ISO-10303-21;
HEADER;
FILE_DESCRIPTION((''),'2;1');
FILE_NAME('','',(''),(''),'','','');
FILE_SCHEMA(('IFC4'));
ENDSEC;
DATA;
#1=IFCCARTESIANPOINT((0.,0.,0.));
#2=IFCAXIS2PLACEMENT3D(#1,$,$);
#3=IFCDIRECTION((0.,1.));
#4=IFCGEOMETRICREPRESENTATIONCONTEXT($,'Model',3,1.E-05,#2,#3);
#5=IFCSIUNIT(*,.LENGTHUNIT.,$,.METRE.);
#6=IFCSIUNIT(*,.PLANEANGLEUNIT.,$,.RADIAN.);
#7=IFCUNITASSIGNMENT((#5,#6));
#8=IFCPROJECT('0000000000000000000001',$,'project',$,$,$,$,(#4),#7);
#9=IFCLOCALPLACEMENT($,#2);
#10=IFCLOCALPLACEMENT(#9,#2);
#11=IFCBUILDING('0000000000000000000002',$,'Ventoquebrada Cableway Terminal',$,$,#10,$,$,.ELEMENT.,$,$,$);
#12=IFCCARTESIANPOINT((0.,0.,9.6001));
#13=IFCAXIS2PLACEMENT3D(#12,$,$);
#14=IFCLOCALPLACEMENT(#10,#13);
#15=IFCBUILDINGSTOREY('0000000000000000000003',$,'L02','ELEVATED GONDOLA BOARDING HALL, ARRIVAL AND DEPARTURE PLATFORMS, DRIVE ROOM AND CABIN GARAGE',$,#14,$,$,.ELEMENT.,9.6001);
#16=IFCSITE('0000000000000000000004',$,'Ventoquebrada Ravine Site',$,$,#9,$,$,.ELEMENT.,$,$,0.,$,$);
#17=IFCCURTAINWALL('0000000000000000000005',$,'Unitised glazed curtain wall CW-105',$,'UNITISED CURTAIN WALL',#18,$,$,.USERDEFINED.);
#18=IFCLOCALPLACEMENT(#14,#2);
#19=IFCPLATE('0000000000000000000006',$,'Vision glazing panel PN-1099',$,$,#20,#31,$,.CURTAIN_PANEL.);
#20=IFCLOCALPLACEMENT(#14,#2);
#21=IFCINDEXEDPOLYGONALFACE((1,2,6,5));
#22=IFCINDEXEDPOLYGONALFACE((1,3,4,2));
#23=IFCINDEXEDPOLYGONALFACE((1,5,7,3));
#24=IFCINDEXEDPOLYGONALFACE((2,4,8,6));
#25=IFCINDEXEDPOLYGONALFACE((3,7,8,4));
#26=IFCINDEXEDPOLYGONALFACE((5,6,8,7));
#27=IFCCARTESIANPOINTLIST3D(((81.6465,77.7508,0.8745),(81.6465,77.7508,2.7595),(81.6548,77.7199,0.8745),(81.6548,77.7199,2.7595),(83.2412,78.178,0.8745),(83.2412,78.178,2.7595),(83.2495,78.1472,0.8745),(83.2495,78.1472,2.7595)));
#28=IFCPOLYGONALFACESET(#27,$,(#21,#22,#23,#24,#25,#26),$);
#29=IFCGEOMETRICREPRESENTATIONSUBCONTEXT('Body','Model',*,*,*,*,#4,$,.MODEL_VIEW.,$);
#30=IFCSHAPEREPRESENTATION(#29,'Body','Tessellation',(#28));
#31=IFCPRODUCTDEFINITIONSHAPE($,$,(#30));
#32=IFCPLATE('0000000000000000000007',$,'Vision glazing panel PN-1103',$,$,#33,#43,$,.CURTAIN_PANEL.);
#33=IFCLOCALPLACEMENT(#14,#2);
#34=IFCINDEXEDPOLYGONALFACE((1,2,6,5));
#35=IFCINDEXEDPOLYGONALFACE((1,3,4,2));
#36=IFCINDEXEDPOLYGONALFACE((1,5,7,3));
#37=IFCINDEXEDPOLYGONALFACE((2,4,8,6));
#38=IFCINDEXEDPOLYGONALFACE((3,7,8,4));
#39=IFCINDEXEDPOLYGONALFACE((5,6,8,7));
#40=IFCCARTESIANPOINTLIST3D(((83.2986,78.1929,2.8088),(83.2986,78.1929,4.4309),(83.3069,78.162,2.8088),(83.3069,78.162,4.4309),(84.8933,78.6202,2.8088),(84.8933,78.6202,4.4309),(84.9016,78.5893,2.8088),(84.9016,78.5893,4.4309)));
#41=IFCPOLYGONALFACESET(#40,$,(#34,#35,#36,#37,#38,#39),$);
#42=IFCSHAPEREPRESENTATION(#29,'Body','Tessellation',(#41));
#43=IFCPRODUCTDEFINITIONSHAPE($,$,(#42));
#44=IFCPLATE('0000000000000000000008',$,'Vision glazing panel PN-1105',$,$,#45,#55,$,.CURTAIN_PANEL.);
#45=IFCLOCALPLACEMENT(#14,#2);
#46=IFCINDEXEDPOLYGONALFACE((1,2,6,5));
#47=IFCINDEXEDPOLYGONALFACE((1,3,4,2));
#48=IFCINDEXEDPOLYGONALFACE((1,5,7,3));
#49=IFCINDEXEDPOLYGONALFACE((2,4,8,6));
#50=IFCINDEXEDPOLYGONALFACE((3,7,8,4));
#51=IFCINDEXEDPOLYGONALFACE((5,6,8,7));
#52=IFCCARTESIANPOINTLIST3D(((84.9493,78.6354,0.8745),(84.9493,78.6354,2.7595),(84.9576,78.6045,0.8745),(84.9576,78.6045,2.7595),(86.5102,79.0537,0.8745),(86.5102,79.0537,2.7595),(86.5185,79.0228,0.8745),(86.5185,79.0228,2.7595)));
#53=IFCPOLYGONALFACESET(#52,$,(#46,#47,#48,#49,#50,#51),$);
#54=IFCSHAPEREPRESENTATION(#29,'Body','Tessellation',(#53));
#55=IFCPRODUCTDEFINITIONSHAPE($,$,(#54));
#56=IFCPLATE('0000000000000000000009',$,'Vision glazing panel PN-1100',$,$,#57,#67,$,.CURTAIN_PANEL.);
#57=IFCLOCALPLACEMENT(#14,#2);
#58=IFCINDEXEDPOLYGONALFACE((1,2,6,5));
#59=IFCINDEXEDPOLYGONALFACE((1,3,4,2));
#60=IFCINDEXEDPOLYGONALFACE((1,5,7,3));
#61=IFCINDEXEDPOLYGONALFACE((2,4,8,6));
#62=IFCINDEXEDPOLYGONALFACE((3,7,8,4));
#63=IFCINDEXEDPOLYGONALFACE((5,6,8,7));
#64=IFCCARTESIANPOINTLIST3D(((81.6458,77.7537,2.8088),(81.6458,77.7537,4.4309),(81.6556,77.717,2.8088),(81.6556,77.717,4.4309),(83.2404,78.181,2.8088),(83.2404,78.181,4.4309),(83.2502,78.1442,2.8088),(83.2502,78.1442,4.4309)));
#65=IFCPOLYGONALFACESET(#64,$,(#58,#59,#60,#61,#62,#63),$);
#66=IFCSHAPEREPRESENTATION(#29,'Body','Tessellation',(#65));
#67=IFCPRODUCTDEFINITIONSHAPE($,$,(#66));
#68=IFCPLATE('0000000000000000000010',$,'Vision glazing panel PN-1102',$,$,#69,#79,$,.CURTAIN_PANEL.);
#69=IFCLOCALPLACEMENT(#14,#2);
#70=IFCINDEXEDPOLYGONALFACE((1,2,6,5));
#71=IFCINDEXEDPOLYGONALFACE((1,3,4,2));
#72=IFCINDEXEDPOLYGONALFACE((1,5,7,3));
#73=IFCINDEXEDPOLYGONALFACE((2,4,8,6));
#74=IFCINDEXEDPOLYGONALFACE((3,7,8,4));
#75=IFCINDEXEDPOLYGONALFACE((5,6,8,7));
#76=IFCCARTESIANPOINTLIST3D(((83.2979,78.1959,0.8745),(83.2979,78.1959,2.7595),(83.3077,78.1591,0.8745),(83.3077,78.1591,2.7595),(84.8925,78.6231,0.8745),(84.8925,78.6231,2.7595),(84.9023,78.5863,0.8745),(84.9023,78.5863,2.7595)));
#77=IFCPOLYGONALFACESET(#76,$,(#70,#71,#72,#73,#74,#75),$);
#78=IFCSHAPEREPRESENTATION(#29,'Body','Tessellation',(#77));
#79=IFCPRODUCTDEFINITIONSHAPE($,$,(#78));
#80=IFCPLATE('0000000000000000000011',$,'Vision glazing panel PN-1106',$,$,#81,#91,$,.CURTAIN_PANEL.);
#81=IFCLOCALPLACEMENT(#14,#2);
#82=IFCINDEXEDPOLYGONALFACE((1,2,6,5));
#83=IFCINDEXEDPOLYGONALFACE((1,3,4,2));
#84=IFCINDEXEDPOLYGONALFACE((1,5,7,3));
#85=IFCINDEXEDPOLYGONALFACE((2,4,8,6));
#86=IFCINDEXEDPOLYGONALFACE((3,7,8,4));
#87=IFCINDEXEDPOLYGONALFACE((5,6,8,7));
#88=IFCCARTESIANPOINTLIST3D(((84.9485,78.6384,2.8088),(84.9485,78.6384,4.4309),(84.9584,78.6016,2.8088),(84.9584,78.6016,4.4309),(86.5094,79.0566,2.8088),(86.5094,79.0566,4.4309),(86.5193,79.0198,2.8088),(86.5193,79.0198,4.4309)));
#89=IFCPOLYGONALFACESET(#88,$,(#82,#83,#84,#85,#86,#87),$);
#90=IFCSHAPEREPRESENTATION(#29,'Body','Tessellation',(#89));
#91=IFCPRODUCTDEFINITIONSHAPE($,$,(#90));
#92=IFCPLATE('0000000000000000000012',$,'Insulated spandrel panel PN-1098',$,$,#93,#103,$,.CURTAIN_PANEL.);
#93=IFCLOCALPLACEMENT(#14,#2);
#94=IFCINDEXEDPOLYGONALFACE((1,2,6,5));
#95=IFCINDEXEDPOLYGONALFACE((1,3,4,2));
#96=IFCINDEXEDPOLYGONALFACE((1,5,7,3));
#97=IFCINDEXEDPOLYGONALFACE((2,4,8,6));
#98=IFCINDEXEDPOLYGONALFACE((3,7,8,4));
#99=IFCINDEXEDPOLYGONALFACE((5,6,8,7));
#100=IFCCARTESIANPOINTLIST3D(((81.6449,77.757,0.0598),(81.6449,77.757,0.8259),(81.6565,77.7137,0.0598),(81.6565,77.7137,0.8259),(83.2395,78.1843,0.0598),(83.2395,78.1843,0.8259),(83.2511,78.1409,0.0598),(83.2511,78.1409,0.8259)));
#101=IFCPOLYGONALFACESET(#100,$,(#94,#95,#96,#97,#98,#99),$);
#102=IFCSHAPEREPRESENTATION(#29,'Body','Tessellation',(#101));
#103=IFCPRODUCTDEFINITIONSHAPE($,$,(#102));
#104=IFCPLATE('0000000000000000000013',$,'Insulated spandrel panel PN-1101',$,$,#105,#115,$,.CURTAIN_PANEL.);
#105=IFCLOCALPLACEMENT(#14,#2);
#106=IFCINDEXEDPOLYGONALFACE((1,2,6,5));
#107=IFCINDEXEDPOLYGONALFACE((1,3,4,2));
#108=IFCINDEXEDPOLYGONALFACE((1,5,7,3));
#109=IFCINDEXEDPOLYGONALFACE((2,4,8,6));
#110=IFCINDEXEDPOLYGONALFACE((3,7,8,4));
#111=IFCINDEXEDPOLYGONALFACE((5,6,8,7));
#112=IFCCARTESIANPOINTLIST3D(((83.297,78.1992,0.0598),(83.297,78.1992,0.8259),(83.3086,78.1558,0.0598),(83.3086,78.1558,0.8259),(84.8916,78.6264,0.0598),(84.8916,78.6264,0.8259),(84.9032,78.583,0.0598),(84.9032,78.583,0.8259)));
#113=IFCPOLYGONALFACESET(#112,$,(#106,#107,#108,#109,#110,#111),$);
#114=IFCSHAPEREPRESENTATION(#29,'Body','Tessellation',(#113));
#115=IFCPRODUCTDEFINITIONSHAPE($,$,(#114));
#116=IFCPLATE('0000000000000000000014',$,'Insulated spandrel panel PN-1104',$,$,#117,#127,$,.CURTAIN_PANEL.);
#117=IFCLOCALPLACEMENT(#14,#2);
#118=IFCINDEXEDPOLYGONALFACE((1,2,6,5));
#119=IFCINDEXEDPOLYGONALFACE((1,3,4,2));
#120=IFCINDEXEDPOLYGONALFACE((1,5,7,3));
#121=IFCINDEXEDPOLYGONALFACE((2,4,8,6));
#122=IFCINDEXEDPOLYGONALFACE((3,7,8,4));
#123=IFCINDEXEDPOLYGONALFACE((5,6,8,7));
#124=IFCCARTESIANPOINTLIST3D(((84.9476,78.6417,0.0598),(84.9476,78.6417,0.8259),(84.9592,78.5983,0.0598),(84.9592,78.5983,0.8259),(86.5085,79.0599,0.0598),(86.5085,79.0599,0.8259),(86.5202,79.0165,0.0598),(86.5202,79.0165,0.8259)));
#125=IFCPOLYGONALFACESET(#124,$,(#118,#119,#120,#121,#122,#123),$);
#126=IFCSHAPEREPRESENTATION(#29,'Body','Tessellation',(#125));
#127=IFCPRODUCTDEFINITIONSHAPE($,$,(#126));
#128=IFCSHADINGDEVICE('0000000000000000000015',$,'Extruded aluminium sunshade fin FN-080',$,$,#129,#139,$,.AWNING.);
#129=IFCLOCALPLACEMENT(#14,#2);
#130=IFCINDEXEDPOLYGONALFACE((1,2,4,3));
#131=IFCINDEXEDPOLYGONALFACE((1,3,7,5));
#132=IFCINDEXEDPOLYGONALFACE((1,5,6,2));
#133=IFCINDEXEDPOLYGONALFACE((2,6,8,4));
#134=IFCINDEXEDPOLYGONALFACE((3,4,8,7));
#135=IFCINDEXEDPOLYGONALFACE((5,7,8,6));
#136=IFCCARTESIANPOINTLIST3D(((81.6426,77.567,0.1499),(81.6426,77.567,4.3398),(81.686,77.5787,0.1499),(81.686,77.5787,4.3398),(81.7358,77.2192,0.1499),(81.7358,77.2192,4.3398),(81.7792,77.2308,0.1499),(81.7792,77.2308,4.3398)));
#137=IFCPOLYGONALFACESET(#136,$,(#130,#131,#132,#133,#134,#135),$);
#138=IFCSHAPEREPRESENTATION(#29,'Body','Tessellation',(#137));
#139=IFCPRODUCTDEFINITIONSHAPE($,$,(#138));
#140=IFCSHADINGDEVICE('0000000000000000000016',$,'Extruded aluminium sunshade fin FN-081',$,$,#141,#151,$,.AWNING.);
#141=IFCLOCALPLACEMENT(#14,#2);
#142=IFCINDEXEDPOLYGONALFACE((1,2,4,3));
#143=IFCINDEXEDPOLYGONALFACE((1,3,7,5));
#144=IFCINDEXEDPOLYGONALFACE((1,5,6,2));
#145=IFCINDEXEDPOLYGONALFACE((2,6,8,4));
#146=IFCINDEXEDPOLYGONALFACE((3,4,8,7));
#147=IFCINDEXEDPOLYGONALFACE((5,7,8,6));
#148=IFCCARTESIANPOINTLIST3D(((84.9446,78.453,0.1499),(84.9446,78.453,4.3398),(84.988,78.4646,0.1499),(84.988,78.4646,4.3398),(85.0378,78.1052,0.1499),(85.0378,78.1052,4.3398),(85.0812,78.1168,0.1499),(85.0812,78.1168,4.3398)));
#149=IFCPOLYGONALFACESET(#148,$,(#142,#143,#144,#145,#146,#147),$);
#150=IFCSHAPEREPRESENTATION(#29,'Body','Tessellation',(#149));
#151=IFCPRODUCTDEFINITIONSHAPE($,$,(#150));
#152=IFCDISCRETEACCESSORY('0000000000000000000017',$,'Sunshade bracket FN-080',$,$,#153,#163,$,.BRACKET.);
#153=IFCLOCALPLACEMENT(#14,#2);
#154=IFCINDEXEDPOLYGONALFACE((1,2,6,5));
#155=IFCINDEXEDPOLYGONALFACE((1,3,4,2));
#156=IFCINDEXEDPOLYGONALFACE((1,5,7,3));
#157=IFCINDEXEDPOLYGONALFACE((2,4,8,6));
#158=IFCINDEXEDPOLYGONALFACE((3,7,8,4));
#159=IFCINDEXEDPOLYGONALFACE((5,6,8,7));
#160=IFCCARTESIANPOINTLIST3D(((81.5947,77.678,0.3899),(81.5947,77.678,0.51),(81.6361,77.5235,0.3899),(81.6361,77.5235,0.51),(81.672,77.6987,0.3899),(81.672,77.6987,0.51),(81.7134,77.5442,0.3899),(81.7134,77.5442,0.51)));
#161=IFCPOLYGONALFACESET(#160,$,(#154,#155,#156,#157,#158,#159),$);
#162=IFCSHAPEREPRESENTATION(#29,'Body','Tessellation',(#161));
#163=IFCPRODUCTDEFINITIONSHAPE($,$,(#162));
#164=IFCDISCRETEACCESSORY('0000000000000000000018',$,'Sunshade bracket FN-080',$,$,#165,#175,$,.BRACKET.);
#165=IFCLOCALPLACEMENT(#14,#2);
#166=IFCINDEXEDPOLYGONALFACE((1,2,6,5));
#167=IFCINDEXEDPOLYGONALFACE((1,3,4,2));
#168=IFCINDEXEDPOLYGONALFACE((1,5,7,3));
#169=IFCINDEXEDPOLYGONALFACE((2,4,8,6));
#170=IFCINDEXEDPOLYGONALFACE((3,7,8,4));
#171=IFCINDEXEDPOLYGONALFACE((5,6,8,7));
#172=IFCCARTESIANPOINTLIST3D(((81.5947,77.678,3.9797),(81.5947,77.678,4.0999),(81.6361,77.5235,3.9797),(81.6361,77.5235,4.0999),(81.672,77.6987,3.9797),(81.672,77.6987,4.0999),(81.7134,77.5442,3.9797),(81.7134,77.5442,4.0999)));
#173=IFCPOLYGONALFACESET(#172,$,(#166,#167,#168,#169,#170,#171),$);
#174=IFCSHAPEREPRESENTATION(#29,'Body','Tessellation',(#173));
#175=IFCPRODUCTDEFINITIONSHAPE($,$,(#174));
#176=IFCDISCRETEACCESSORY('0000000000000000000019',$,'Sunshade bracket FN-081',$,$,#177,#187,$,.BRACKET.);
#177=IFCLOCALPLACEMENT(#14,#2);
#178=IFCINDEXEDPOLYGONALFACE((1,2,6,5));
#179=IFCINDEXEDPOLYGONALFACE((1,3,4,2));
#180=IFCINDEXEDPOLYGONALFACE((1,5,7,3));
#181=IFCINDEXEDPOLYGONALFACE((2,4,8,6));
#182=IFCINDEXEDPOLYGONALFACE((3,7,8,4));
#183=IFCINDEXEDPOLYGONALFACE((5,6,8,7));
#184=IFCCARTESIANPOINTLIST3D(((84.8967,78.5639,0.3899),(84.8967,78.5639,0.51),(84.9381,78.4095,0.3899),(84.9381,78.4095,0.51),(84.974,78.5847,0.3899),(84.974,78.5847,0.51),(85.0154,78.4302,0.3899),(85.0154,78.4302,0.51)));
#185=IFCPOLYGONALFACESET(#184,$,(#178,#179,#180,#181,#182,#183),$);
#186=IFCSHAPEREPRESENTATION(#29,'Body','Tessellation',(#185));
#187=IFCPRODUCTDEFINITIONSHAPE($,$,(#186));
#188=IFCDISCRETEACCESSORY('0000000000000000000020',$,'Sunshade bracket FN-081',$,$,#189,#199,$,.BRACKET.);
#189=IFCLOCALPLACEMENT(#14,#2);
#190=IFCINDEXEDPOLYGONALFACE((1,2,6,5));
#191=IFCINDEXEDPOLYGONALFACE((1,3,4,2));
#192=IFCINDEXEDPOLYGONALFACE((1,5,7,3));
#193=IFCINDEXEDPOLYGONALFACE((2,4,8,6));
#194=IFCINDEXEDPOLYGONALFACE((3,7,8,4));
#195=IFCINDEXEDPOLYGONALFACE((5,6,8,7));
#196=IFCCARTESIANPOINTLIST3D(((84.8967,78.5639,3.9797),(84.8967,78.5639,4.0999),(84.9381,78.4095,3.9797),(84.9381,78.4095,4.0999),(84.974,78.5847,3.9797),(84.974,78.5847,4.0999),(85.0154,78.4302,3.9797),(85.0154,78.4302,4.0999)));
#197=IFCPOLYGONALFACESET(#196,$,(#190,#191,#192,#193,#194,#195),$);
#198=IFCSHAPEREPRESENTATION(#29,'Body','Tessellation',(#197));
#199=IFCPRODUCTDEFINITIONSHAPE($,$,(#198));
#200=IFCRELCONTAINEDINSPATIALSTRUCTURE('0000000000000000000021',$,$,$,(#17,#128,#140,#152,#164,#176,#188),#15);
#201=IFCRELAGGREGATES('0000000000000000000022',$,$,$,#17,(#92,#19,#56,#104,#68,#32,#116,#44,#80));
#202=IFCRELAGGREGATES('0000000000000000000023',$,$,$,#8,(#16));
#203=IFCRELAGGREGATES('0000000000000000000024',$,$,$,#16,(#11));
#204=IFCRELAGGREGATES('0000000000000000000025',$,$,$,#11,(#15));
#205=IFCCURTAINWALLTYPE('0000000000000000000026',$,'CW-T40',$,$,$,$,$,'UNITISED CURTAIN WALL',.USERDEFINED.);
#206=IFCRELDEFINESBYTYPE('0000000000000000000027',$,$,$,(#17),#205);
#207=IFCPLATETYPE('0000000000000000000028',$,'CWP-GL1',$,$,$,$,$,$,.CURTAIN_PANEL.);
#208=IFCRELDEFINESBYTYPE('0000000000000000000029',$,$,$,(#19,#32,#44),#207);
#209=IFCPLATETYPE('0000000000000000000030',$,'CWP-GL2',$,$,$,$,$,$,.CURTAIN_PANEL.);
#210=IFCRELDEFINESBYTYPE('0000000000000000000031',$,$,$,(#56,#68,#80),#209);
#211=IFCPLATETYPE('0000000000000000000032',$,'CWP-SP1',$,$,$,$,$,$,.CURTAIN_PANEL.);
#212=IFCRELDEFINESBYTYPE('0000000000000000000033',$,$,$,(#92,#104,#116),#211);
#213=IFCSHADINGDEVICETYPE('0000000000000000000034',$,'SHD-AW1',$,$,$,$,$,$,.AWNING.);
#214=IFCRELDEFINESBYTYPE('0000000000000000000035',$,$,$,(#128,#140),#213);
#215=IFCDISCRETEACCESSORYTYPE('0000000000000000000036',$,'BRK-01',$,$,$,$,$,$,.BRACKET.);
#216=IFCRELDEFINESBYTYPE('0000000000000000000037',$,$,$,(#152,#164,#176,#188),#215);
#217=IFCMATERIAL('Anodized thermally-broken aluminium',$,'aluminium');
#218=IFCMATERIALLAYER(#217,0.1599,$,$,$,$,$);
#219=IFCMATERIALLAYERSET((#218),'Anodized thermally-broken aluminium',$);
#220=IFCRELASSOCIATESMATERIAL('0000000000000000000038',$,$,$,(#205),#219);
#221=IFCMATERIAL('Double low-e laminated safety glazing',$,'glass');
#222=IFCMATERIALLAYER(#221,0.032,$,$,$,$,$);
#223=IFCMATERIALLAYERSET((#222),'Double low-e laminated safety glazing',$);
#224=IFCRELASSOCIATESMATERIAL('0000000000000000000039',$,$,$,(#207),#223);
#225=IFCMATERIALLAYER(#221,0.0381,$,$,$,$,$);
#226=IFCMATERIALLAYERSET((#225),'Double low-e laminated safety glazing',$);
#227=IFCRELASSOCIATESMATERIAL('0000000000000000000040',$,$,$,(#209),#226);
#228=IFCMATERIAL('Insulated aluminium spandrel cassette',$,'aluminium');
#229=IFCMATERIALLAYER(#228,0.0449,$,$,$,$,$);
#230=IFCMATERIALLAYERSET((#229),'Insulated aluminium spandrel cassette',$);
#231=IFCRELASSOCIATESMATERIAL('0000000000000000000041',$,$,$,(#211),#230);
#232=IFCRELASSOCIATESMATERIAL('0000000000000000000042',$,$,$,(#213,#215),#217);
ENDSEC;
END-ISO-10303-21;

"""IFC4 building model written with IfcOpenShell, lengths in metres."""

from ifc_helpers import new_model, si_unit, direction, frame, origin, origin_2d, place, context, subcontext, project, spatial, rectangle, extrude, material, layer, layer_set, type_object, element, aggregate, save


model = new_model("IFC4")

# Units and contexts
model_context = context("Model", 3, precision=1e-05, world=origin(), true_north=direction((0.0, 1.0)))
body_context = subcontext(model_context, "Body", "Model", "MODEL_VIEW")
ifc_project = project(units=[si_unit("LENGTHUNIT", "METRE"), si_unit("PLANEANGLEUNIT", "RADIAN")], contexts=[model_context])

# Site, building, storey
site_placement = place(None, origin())
site = spatial("IfcSite", under=ifc_project, at=site_placement, Name="Ventoquebrada Ravine Site", CompositionType="ELEMENT", RefElevation=0.0)
building_placement = place(site_placement, origin())
building = spatial("IfcBuilding", under=site, at=building_placement, Name="Ventoquebrada Cableway Terminal", CompositionType="ELEMENT")
storey_placement = place(building_placement, frame((0.0, 0.0, 9.6001)))
storey = spatial("IfcBuildingStorey", under=building, at=storey_placement, Name="L02", Description="ELEVATED GONDOLA BOARDING HALL, ARRIVAL AND DEPARTURE PLATFORMS, DRIVE ROOM AND CABIN GARAGE", CompositionType="ELEMENT", Elevation=9.6001)

# Curtain wall
ifc_material_1 = material(Name="Anodized thermally-broken aluminium", Category="aluminium")
ifc_layer_1 = layer(ifc_material_1, 0.1599)
ifc_layer_set_1 = layer_set([ifc_layer_1], Name="Anodized thermally-broken aluminium")
curtain_wall_type_1 = type_object("IfcCurtainWallType", Name="CW-T40", ElementType="UNITISED CURTAIN WALL", PredefinedType="USERDEFINED", material=ifc_layer_set_1)
curtain_wall_1_placement = place(storey_placement, origin())
curtain_wall_1 = element("IfcCurtainWall", 1, at=curtain_wall_1_placement, inside=storey, type_object=curtain_wall_type_1, Name="Unitised glazed curtain wall CW-105", ObjectType="UNITISED CURTAIN WALL", PredefinedType="USERDEFINED")

# Plates
ifc_material_2 = material(Name="Double low-e laminated safety glazing", Category="glass")
ifc_layer_2 = layer(ifc_material_2, 0.032)
ifc_layer_set_2 = layer_set([ifc_layer_2], Name="Double low-e laminated safety glazing")
plate_type_1 = type_object("IfcPlateType", Name="CWP-GL1", PredefinedType="CURTAIN_PANEL", material=ifc_layer_set_2)
plate_1_placement = place(storey_placement, frame((82.448, 77.949, 0.8745), z_axis=(0.0, 0.0, 1.0), x_axis=(0.96593, 0.258802, 0.0)))
plate_1 = element("IfcPlate", 2, at=plate_1_placement, type_object=plate_type_1, Name="Vision glazing panel PN-1099", PredefinedType="CURTAIN_PANEL", context=body_context, shape_type="SweptSolid", body=[
    extrude(rectangle(XDim=1.6509, YDim=0.032, at=origin_2d()), origin(), (0.0, 0.0, 1.0), 1.885),
])
plate_2_placement = place(storey_placement, frame((84.1001, 78.3911, 2.8088), z_axis=(0.0, 0.0, 1.0), x_axis=(0.96593, 0.258802, 0.0)))
plate_2 = element("IfcPlate", 3, at=plate_2_placement, type_object=plate_type_1, Name="Vision glazing panel PN-1103", PredefinedType="CURTAIN_PANEL", context=body_context, shape_type="SweptSolid", body=[
    extrude(rectangle(XDim=1.6509, YDim=0.032, at=origin_2d()), origin(), (0.0, 0.0, 1.0), 1.6221),
])
plate_3_placement = place(storey_placement, frame((85.7339, 78.8291, 0.8745), z_axis=(0.0, 0.0, 1.0), x_axis=(0.96593, 0.258802, 0.0)))
plate_3 = element("IfcPlate", 4, at=plate_3_placement, type_object=plate_type_1, Name="Vision glazing panel PN-1105", PredefinedType="CURTAIN_PANEL", context=body_context, shape_type="SweptSolid", body=[
    extrude(rectangle(XDim=1.616, YDim=0.032, at=origin_2d()), origin(), (0.0, 0.0, 1.0), 1.885),
])
ifc_layer_3 = layer(ifc_material_2, 0.0381)
ifc_layer_set_3 = layer_set([ifc_layer_3], Name="Double low-e laminated safety glazing")
plate_type_2 = type_object("IfcPlateType", Name="CWP-GL2", PredefinedType="CURTAIN_PANEL", material=ifc_layer_set_3)
plate_4_placement = place(storey_placement, frame((82.448, 77.949, 2.8088), z_axis=(0.0, 0.0, 1.0), x_axis=(0.96593, 0.258802, 0.0)))
plate_4 = element("IfcPlate", 5, at=plate_4_placement, type_object=plate_type_2, Name="Vision glazing panel PN-1100", PredefinedType="CURTAIN_PANEL", context=body_context, shape_type="SweptSolid", body=[
    extrude(rectangle(XDim=1.6509, YDim=0.0381, at=origin_2d()), origin(), (0.0, 0.0, 1.0), 1.6221),
])
plate_5_placement = place(storey_placement, frame((84.1001, 78.3911, 0.8745), z_axis=(0.0, 0.0, 1.0), x_axis=(0.96593, 0.258802, 0.0)))
plate_5 = element("IfcPlate", 6, at=plate_5_placement, type_object=plate_type_2, Name="Vision glazing panel PN-1102", PredefinedType="CURTAIN_PANEL", context=body_context, shape_type="SweptSolid", body=[
    extrude(rectangle(XDim=1.6509, YDim=0.0381, at=origin_2d()), origin(), (0.0, 0.0, 1.0), 1.885),
])
plate_6_placement = place(storey_placement, frame((85.7339, 78.8291, 2.8088), z_axis=(0.0, 0.0, 1.0), x_axis=(0.96593, 0.258802, 0.0)))
plate_6 = element("IfcPlate", 7, at=plate_6_placement, type_object=plate_type_2, Name="Vision glazing panel PN-1106", PredefinedType="CURTAIN_PANEL", context=body_context, shape_type="SweptSolid", body=[
    extrude(rectangle(XDim=1.616, YDim=0.0381, at=origin_2d()), origin(), (0.0, 0.0, 1.0), 1.6221),
])
ifc_material_3 = material(Name="Insulated aluminium spandrel cassette", Category="aluminium")
ifc_layer_4 = layer(ifc_material_3, 0.0449)
ifc_layer_set_4 = layer_set([ifc_layer_4], Name="Insulated aluminium spandrel cassette")
plate_type_3 = type_object("IfcPlateType", Name="CWP-SP1", PredefinedType="CURTAIN_PANEL", material=ifc_layer_set_4)
plate_7_placement = place(storey_placement, frame((82.448, 77.949, 0.0598), z_axis=(0.0, 0.0, 1.0), x_axis=(0.96593, 0.258802, 0.0)))
plate_7 = element("IfcPlate", 8, at=plate_7_placement, type_object=plate_type_3, Name="Insulated spandrel panel PN-1098", PredefinedType="CURTAIN_PANEL", context=body_context, shape_type="SweptSolid", body=[
    extrude(rectangle(XDim=1.6509, YDim=0.0449, at=origin_2d()), origin(), (0.0, 0.0, 1.0), 0.7661),
])
plate_8_placement = place(storey_placement, frame((84.1001, 78.3911, 0.0598), z_axis=(0.0, 0.0, 1.0), x_axis=(0.96593, 0.258802, 0.0)))
plate_8 = element("IfcPlate", 9, at=plate_8_placement, type_object=plate_type_3, Name="Insulated spandrel panel PN-1101", PredefinedType="CURTAIN_PANEL", context=body_context, shape_type="SweptSolid", body=[
    extrude(rectangle(XDim=1.6509, YDim=0.0449, at=origin_2d()), origin(), (0.0, 0.0, 1.0), 0.7661),
])
plate_9_placement = place(storey_placement, frame((85.7339, 78.8291, 0.0598), z_axis=(0.0, 0.0, 1.0), x_axis=(0.96593, 0.258802, 0.0)))
plate_9 = element("IfcPlate", 10, at=plate_9_placement, type_object=plate_type_3, Name="Insulated spandrel panel PN-1104", PredefinedType="CURTAIN_PANEL", context=body_context, shape_type="SweptSolid", body=[
    extrude(rectangle(XDim=1.616, YDim=0.0449, at=origin_2d()), origin(), (0.0, 0.0, 1.0), 0.7661),
])
aggregate(curtain_wall_1, [plate_7, plate_1, plate_4, plate_8, plate_5, plate_2, plate_9, plate_3, plate_6])

# Shading devices
shading_device_type = type_object("IfcShadingDeviceType", Name="SHD-AW1", PredefinedType="AWNING", material=ifc_material_1)
for number, where, z_axis, x_axis, name in (
    (11, (81.7109, 77.3989, 0.1499), (0.0, 0.0, 1.0), (0.96593, 0.258802, 0.0), "Extruded aluminium sunshade fin FN-080"),
    (12, (85.0129, 78.2849, 0.1499), (0.0, 0.0, 1.0), (0.96593, 0.258802, 0.0), "Extruded aluminium sunshade fin FN-081"),
):
    element("IfcShadingDevice", number, at=place(storey_placement, frame(where, z_axis=z_axis, x_axis=x_axis)), inside=storey, type_object=shading_device_type, Name=name, PredefinedType="AWNING", context=body_context, shape_type="SweptSolid", body=[
        extrude(rectangle(XDim=0.0449, YDim=0.3601, at=origin_2d()), origin(), (0.0, 0.0, 1.0), 4.1899),
    ])

# Discrete accessories
discrete_accessory_type = type_object("IfcDiscreteAccessoryType", Name="BRK-01", PredefinedType="BRACKET", material=ifc_material_1)
for number, where, z_axis, x_axis, name in (
    (13, (81.6541, 77.6111, 0.3899), (0.0, 0.0, 1.0), (0.96593, 0.258802, 0.0), "Sunshade bracket FN-080"),
    (14, (81.6541, 77.6111, 3.9797), (0.0, 0.0, 1.0), (0.96593, 0.258802, 0.0), "Sunshade bracket FN-080"),
    (15, (84.9561, 78.4971, 0.3899), (0.0, 0.0, 1.0), (0.96593, 0.258802, 0.0), "Sunshade bracket FN-081"),
    (16, (84.9561, 78.4971, 3.9797), (0.0, 0.0, 1.0), (0.96593, 0.258802, 0.0), "Sunshade bracket FN-081"),
):
    element("IfcDiscreteAccessory", number, at=place(storey_placement, frame(where, z_axis=z_axis, x_axis=x_axis)), inside=storey, type_object=discrete_accessory_type, Name=name, PredefinedType="BRACKET", context=body_context, shape_type="SweptSolid", body=[
        extrude(rectangle(XDim=0.0801, YDim=0.1599, at=origin_2d()), origin(), (0.0, 0.0, 1.0), 0.1201),
    ])

save(model, "model.ifc")
